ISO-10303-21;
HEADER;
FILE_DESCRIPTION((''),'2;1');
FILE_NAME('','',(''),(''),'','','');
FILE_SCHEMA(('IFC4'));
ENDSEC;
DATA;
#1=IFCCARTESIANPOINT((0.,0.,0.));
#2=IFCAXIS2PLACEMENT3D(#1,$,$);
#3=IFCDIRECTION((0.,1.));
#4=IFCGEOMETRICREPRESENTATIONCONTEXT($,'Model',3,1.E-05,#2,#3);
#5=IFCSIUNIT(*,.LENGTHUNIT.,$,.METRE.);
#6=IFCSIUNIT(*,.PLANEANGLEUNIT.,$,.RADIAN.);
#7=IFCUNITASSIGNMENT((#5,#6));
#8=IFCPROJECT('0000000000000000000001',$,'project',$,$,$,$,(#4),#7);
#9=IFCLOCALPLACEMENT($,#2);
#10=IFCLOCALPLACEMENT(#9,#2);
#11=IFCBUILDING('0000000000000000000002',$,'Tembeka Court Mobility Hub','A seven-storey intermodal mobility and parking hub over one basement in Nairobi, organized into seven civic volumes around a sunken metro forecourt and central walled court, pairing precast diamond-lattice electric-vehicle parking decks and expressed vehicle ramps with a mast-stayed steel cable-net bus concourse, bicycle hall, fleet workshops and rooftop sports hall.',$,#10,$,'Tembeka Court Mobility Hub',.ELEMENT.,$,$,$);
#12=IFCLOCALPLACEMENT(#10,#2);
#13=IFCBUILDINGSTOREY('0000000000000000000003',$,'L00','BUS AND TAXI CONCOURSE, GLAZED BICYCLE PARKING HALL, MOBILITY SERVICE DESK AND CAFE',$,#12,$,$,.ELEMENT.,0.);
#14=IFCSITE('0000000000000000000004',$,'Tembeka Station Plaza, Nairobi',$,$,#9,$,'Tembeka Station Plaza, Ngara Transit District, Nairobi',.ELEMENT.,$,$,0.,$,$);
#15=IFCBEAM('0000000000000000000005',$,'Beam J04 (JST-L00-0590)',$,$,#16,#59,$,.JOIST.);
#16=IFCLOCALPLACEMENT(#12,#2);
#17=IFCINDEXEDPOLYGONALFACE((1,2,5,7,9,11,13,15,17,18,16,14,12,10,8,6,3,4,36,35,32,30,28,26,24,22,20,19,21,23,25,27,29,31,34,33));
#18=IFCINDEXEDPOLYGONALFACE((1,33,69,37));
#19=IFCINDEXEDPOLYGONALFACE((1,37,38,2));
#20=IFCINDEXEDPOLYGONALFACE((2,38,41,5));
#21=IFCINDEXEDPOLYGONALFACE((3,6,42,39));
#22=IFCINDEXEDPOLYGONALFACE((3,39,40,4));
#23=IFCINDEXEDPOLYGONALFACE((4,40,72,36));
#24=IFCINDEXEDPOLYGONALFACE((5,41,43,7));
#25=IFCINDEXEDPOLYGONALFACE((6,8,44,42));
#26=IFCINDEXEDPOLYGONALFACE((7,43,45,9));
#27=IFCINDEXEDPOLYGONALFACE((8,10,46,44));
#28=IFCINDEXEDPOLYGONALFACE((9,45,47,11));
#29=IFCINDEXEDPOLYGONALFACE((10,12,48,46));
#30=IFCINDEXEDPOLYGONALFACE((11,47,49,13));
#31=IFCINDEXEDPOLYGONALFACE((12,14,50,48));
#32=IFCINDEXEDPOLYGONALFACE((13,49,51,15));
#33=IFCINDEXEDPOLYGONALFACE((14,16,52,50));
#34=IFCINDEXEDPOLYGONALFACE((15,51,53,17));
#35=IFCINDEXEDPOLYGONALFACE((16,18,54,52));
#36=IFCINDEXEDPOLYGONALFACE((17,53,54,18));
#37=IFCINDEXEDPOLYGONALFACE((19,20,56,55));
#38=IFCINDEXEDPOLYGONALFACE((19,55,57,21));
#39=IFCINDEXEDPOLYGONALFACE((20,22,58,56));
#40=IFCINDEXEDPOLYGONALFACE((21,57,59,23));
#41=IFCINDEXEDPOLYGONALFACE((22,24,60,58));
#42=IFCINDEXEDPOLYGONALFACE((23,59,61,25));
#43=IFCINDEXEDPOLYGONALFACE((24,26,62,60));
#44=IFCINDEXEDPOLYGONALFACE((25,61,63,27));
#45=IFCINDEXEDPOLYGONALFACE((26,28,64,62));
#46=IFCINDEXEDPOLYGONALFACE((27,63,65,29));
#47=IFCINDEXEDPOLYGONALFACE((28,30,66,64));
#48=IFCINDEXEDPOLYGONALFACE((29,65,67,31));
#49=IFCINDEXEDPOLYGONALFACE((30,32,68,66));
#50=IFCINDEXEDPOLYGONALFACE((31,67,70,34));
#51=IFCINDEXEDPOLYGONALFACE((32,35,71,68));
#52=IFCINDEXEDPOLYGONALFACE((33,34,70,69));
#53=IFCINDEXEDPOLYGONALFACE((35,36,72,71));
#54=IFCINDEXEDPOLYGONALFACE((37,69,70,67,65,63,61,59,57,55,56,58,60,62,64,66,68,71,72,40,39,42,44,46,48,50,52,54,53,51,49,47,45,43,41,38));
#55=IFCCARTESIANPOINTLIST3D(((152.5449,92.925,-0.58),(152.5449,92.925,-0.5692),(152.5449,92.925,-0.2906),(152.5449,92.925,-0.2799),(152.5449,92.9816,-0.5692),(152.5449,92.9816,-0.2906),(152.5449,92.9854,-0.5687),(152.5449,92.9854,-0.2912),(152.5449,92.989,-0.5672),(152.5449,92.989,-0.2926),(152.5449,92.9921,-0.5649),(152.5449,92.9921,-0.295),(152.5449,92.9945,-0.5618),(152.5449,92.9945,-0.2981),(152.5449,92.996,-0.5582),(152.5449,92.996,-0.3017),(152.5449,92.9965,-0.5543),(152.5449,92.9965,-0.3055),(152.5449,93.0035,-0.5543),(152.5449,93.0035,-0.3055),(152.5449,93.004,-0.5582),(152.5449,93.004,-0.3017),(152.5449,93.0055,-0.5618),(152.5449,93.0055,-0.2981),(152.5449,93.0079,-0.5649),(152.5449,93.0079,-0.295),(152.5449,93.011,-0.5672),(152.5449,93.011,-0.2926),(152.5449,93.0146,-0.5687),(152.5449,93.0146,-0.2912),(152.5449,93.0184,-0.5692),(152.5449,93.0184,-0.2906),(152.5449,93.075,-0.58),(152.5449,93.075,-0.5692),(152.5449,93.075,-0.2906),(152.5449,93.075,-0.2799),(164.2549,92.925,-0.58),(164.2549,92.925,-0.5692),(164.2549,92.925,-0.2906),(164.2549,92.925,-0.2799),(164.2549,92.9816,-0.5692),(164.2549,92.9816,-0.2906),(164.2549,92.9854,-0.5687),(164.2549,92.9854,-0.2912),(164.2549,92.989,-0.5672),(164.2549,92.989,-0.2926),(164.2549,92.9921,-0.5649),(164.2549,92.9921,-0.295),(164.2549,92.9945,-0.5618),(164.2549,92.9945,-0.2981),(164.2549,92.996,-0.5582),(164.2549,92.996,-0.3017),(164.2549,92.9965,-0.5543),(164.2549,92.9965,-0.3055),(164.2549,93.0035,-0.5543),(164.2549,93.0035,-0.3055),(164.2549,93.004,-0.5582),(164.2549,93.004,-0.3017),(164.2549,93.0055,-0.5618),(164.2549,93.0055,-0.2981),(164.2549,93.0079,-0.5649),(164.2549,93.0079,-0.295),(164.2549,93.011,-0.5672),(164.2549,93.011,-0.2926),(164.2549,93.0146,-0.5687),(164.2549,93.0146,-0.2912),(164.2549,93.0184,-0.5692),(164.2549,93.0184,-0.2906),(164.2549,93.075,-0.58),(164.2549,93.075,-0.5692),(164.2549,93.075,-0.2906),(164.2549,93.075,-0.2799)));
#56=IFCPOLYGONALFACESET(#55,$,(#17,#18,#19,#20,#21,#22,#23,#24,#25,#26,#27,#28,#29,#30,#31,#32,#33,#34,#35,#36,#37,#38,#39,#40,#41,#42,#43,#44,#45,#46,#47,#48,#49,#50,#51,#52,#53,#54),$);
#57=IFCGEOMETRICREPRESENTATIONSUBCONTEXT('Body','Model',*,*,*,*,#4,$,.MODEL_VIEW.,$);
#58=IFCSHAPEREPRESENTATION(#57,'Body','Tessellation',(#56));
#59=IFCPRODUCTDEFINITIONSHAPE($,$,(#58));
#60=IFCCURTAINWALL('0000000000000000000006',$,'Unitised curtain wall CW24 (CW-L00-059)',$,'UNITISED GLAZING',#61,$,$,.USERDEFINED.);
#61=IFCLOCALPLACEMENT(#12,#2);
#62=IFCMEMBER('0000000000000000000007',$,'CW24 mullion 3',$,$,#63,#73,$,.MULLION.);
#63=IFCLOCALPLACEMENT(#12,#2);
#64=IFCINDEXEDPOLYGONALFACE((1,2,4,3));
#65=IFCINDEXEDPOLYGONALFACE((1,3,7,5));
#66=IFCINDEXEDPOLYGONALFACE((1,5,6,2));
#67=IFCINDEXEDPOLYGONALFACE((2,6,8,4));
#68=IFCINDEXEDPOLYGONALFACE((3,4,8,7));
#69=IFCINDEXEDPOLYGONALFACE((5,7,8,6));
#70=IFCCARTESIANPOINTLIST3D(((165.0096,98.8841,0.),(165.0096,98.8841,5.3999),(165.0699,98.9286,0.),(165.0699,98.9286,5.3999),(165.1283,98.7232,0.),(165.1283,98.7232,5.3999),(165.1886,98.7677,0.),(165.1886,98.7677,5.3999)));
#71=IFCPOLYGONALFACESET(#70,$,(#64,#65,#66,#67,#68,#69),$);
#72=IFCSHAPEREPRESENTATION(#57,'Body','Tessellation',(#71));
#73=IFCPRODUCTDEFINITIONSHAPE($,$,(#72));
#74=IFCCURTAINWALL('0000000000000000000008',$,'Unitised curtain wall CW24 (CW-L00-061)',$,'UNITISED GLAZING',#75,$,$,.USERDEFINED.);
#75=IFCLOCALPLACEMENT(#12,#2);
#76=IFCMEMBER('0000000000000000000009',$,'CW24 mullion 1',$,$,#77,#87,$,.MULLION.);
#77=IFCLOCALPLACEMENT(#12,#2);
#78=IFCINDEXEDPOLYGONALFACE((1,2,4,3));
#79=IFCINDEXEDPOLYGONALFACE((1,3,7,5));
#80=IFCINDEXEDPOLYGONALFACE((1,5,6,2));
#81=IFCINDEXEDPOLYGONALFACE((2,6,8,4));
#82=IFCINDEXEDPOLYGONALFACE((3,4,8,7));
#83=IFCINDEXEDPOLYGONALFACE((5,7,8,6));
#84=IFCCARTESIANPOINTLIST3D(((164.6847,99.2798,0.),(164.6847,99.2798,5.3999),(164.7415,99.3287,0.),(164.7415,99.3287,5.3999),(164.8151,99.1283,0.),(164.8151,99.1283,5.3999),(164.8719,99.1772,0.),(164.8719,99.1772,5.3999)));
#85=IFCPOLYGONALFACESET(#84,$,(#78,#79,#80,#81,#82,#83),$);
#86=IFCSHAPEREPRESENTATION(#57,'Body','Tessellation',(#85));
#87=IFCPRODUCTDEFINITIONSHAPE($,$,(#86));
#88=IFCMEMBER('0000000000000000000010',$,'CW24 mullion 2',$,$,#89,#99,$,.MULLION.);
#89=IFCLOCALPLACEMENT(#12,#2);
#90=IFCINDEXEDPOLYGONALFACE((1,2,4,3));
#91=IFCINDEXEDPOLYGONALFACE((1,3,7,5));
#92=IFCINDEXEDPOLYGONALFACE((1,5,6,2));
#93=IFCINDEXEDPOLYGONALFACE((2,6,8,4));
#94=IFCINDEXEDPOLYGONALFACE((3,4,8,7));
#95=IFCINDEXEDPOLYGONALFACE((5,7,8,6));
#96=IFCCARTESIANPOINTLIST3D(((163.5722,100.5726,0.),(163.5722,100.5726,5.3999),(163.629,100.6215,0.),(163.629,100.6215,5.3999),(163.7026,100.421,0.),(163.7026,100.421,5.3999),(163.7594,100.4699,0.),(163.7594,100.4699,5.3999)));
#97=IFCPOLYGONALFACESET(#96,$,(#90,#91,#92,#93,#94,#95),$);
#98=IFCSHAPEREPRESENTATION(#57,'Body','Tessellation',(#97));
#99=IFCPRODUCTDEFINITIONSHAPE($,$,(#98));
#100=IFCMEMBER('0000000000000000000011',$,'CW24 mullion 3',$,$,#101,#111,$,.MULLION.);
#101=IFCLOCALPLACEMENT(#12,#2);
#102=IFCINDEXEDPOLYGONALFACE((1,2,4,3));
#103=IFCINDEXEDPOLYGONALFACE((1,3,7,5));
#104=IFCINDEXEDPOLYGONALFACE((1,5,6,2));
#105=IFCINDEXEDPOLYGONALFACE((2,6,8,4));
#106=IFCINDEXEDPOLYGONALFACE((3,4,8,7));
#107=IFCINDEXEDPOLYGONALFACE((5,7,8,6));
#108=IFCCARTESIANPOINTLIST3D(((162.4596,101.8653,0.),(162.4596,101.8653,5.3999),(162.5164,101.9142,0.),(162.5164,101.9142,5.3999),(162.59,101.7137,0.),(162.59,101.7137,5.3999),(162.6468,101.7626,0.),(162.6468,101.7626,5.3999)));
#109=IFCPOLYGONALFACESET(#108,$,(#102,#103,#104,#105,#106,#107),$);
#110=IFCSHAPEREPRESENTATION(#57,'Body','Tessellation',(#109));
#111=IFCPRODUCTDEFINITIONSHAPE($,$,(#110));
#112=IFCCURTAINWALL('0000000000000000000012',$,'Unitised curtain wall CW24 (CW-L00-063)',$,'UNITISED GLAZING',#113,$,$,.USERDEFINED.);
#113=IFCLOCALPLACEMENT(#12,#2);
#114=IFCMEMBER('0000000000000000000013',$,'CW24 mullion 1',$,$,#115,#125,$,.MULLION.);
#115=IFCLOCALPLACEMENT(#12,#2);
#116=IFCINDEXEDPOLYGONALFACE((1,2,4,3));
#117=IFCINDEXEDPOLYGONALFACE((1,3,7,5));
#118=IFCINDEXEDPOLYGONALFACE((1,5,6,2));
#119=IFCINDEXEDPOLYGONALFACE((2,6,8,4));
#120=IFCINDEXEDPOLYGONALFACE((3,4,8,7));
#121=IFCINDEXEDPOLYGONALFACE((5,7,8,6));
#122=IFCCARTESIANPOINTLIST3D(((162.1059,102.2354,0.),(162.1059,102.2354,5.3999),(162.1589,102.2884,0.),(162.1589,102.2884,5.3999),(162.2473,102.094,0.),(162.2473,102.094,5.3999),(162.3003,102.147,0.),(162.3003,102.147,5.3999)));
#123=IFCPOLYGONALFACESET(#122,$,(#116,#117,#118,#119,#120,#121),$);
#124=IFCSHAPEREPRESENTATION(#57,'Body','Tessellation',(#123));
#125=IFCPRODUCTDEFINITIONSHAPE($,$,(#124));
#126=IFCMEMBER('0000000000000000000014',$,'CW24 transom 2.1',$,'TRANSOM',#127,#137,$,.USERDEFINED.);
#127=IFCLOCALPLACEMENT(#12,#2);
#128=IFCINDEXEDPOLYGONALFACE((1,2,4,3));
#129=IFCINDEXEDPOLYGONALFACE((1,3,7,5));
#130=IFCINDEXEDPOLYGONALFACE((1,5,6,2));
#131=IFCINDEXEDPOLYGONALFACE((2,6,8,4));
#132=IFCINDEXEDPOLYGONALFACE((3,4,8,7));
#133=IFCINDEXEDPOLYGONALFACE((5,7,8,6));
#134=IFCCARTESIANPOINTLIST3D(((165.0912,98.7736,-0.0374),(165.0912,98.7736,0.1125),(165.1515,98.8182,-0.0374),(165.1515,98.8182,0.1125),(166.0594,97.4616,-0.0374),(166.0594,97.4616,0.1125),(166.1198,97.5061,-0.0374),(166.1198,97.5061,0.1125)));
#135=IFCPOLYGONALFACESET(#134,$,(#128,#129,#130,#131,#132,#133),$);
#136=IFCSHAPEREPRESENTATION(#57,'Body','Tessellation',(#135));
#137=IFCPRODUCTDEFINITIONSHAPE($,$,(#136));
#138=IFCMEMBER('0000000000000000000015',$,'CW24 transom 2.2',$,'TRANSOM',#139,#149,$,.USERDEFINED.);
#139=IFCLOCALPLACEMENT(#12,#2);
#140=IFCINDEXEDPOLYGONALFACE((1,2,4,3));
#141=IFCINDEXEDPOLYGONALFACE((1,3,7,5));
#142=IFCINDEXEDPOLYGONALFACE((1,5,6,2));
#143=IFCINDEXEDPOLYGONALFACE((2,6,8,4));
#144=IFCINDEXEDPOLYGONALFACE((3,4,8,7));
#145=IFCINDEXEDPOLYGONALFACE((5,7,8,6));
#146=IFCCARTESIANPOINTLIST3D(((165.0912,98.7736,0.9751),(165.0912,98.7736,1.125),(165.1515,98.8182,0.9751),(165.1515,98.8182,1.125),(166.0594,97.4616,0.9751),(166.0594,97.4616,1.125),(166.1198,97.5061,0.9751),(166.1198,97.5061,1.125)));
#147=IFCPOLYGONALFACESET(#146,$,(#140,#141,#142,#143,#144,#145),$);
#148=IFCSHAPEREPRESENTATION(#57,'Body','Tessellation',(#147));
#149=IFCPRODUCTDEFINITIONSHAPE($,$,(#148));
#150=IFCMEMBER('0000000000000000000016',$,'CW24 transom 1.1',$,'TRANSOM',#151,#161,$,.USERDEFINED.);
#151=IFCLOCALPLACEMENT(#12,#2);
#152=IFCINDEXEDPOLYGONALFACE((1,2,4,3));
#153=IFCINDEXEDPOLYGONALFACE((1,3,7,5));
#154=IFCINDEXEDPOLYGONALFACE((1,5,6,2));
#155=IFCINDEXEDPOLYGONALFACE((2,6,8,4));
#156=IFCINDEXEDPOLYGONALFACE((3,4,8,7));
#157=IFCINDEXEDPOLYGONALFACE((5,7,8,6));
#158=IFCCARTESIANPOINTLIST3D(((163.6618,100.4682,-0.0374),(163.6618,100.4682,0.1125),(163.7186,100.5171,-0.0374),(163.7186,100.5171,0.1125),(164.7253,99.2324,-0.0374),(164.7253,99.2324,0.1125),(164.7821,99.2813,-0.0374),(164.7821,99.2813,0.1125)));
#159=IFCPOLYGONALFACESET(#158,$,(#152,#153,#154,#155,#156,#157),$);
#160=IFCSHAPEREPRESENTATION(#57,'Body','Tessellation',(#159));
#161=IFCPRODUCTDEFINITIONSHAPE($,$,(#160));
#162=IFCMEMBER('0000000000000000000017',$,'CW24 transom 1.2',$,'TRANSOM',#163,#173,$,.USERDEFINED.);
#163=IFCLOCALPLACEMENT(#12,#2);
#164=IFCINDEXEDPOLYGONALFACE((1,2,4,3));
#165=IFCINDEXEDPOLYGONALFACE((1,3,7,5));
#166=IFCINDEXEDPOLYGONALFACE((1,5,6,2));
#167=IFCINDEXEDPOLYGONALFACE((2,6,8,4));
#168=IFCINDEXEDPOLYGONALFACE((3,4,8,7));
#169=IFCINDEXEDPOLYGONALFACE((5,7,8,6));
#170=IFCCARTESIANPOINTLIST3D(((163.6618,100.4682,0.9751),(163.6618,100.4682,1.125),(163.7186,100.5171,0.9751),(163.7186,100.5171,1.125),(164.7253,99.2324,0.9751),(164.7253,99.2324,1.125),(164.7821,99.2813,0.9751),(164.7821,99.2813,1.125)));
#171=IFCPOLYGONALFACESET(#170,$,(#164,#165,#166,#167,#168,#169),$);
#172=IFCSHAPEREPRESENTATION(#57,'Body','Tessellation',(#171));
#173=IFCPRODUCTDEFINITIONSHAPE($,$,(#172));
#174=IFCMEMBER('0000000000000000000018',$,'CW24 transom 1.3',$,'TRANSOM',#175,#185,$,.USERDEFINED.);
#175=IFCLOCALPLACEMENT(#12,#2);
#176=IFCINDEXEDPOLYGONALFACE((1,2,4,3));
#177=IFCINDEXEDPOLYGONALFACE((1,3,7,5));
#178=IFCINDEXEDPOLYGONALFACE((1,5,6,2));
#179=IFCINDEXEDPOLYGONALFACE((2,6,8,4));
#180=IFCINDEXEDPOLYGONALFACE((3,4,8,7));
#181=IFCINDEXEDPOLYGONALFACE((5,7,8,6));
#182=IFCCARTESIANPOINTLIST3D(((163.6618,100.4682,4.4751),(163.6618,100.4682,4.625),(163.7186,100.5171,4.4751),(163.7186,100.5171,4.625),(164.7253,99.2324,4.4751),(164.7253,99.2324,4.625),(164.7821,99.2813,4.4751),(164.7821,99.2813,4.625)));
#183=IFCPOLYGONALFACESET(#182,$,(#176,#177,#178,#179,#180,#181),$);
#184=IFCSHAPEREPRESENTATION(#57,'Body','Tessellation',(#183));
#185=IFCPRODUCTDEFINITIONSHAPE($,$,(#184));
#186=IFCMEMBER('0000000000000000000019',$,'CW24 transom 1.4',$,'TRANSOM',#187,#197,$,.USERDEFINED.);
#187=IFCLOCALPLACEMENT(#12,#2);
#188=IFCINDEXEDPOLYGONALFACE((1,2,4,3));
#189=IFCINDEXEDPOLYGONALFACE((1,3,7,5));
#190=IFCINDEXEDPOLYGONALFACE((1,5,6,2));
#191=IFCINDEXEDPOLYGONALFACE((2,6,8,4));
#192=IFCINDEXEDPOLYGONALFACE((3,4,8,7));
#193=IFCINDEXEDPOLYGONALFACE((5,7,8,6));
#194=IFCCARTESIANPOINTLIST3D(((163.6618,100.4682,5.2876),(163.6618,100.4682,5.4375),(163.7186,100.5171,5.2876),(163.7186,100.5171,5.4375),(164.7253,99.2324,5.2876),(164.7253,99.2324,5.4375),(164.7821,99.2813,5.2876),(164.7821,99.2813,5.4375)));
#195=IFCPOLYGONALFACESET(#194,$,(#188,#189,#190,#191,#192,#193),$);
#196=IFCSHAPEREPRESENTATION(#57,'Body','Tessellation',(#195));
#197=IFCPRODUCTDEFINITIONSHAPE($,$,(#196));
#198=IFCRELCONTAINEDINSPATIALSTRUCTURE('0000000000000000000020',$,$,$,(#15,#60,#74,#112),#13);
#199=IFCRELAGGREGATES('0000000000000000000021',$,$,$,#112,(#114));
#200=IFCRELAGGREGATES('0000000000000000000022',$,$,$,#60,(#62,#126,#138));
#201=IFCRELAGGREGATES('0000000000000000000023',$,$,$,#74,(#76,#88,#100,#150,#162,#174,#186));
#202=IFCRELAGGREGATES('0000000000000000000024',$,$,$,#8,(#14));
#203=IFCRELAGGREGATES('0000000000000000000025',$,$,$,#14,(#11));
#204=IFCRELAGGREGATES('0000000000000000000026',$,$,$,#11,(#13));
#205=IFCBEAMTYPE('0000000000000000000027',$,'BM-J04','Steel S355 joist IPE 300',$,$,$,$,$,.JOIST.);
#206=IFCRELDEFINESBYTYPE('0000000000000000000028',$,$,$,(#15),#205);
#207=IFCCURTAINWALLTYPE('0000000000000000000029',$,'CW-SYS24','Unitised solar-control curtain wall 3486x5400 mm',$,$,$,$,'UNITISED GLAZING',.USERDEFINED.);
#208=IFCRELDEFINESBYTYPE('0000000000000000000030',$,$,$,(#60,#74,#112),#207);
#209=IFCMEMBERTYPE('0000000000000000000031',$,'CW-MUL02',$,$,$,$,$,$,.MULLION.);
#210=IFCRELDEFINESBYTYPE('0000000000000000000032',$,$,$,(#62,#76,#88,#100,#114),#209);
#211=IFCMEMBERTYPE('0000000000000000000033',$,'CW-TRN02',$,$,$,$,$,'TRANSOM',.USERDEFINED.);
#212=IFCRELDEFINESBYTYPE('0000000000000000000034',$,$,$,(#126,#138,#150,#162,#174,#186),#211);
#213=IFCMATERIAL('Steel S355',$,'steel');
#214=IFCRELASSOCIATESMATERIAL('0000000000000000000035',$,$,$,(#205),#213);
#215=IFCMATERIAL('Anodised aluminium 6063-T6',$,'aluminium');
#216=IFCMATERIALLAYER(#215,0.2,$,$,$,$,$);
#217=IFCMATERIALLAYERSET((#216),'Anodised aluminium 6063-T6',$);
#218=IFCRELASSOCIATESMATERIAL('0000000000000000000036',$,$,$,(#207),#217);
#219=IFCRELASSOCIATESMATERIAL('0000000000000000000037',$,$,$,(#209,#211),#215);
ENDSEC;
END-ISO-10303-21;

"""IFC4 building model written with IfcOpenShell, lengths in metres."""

from ifc_helpers import new_model, si_unit, direction, frame, origin, origin_2d, place, context, subcontext, project, spatial, rectangle, i_section, extrude, material, layer, layer_set, material_profile, profile_set, type_object, element, aggregate, save


model = new_model("IFC4")

# Units and contexts
model_context = context("Model", 3, precision=1e-05, world=origin(), true_north=direction((0.0, 1.0)))
body_context = subcontext(model_context, "Body", "Model", "MODEL_VIEW")
ifc_project = project(units=[si_unit("LENGTHUNIT", "METRE"), si_unit("PLANEANGLEUNIT", "RADIAN")], contexts=[model_context])

# Site, building, storey
site_placement = place(None, origin())
site = spatial("IfcSite", under=ifc_project, at=site_placement, Name="Tembeka Station Plaza, Nairobi", LongName="Tembeka Station Plaza, Ngara Transit District, Nairobi", CompositionType="ELEMENT", RefElevation=0.0)
building_placement = place(site_placement, origin())
building = spatial("IfcBuilding", under=site, at=building_placement, Name="Tembeka Court Mobility Hub", Description="A seven-storey intermodal mobility and parking hub over one basement in Nairobi, organized into seven civic volumes around a sunken metro forecourt and central walled court, pairing precast diamond-lattice electric-vehicle parking decks and expressed vehicle ramps with a mast-stayed steel cable-net bus concourse, bicycle hall, fleet workshops and rooftop sports hall.", LongName="Tembeka Court Mobility Hub", CompositionType="ELEMENT")
storey_placement = place(building_placement, origin())
storey = spatial("IfcBuildingStorey", under=building, at=storey_placement, Name="L00", Description="BUS AND TAXI CONCOURSE, GLAZED BICYCLE PARKING HALL, MOBILITY SERVICE DESK AND CAFE", CompositionType="ELEMENT", Elevation=0.0)

# Shared definitions
ifc_material_1 = material(Name="Steel S355", Category="steel")

# Beam
ifc_material_profile_1 = material_profile(ifc_material_1, i_section(OverallWidth=0.1499, OverallDepth=0.3, WebThickness=0.0071, FlangeThickness=0.0107, FilletRadius=0.0149, at=origin_2d()), Name="IPE 300")
ifc_profile_set_1 = profile_set([ifc_material_profile_1], Name="Steel S355")
beam_type_1 = type_object("IfcBeamType", Name="BM-J04", Description="Steel S355 joist IPE 300", PredefinedType="JOIST", material=ifc_profile_set_1)
beam_1_placement = place(storey_placement, frame((152.5449, 93.0, -0.4299), z_axis=(1.0, 0.0, 0.0), x_axis=(0.0, 1.0, 0.0)))
element("IfcBeam", 1, at=beam_1_placement, inside=storey, type_object=beam_type_1, Name="Beam J04 (JST-L00-0590)", PredefinedType="JOIST", context=body_context, shape_type="SweptSolid", body=[
    extrude(i_section(OverallWidth=0.1499, OverallDepth=0.3, WebThickness=0.0071, FlangeThickness=0.0107, FilletRadius=0.0149, at=origin_2d()), origin(), (0.0, 0.0, 1.0), 11.71),
])

# Curtain wall, member
ifc_material_2 = material(Name="Anodised aluminium 6063-T6", Category="aluminium")
ifc_layer_1 = layer(ifc_material_2, 0.2)
ifc_layer_set_1 = layer_set([ifc_layer_1], Name="Anodised aluminium 6063-T6")
curtain_wall_type = type_object("IfcCurtainWallType", Name="CW-SYS24", Description="Unitised solar-control curtain wall 3486x5400 mm", ElementType="UNITISED GLAZING", PredefinedType="USERDEFINED", material=ifc_layer_set_1)
curtain_wall_1_placement = place(storey_placement, origin())
curtain_wall_1 = element("IfcCurtainWall", 2, at=curtain_wall_1_placement, inside=storey, type_object=curtain_wall_type, Name="Unitised curtain wall CW24 (CW-L00-059)", ObjectType="UNITISED GLAZING", PredefinedType="USERDEFINED")
ifc_material_profile_2 = material_profile(ifc_material_2, rectangle(XDim=0.075, YDim=0.2, at=origin_2d()), Name="ALU-MUL 75x200")
ifc_profile_set_2 = profile_set([ifc_material_profile_2], Name="Anodised aluminium 6063-T6")
member_type_1 = type_object("IfcMemberType", Name="CW-MUL02", PredefinedType="MULLION", material=ifc_profile_set_2)
member_1_placement = place(storey_placement, frame((165.0991, 98.8259, 0.0), z_axis=(0.0, 0.0, 1.0), x_axis=(-0.804599, -0.593818, 0.0)))
member_1 = element("IfcMember", 3, at=member_1_placement, type_object=member_type_1, Name="CW24 mullion 3", PredefinedType="MULLION", context=body_context, shape_type="SweptSolid", body=[
    extrude(rectangle(XDim=0.075, YDim=0.2, at=origin_2d()), origin(), (0.0, 0.0, 1.0), 5.3999),
])

# Curtain wall, members
curtain_wall_2_placement = place(storey_placement, origin())
curtain_wall_2 = element("IfcCurtainWall", 4, at=curtain_wall_2_placement, inside=storey, type_object=curtain_wall_type, Name="Unitised curtain wall CW24 (CW-L00-061)", ObjectType="UNITISED GLAZING", PredefinedType="USERDEFINED")
member_2_placement = place(storey_placement, frame((164.7783, 99.2285, 0.0), z_axis=(0.0, 0.0, 1.0), x_axis=(-0.757955, -0.652307, 0.0)))
member_2 = element("IfcMember", 5, at=member_2_placement, type_object=member_type_1, Name="CW24 mullion 1", PredefinedType="MULLION", context=body_context, shape_type="SweptSolid", body=[
    extrude(rectangle(XDim=0.075, YDim=0.2, at=origin_2d()), origin(), (0.0, 0.0, 1.0), 5.3999),
])
member_3_placement = place(storey_placement, frame((163.6658, 100.5212, 0.0), z_axis=(0.0, 0.0, 1.0), x_axis=(-0.757955, -0.652307, 0.0)))
member_3 = element("IfcMember", 6, at=member_3_placement, type_object=member_type_1, Name="CW24 mullion 2", PredefinedType="MULLION", context=body_context, shape_type="SweptSolid", body=[
    extrude(rectangle(XDim=0.075, YDim=0.2, at=origin_2d()), origin(), (0.0, 0.0, 1.0), 5.3999),
])
member_4_placement = place(storey_placement, frame((162.5532, 101.814, 0.0), z_axis=(0.0, 0.0, 1.0), x_axis=(-0.757955, -0.652307, 0.0)))
member_4 = element("IfcMember", 7, at=member_4_placement, type_object=member_type_1, Name="CW24 mullion 3", PredefinedType="MULLION", context=body_context, shape_type="SweptSolid", body=[
    extrude(rectangle(XDim=0.075, YDim=0.2, at=origin_2d()), origin(), (0.0, 0.0, 1.0), 5.3999),
])

# Curtain wall, member
curtain_wall_3_placement = place(storey_placement, origin())
curtain_wall_3 = element("IfcCurtainWall", 8, at=curtain_wall_3_placement, inside=storey, type_object=curtain_wall_type, Name="Unitised curtain wall CW24 (CW-L00-063)", ObjectType="UNITISED GLAZING", PredefinedType="USERDEFINED")
member_5_placement = place(storey_placement, frame((162.2031, 102.1912, 0.0), z_axis=(0.0, 0.0, 1.0), x_axis=(-0.707107, -0.707107, 0.0)))
member_5 = element("IfcMember", 9, at=member_5_placement, type_object=member_type_1, Name="CW24 mullion 1", PredefinedType="MULLION", context=body_context, shape_type="SweptSolid", body=[
    extrude(rectangle(XDim=0.075, YDim=0.2, at=origin_2d()), origin(), (0.0, 0.0, 1.0), 5.3999),
])

# Members
ifc_material_profile_3 = material_profile(ifc_material_2, rectangle(XDim=0.075, YDim=0.1499, at=origin_2d()), Name="ALU-TRN 75x150")
ifc_profile_set_3 = profile_set([ifc_material_profile_3], Name="Anodised aluminium 6063-T6")
member_type_2 = type_object("IfcMemberType", Name="CW-TRN02", ElementType="TRANSOM", PredefinedType="USERDEFINED", material=ifc_profile_set_3)
member_6_placement = place(storey_placement, frame((166.0896, 97.4839, 0.0376), z_axis=(-0.593802, 0.804612, 0.0), x_axis=(-0.804612, -0.593802, 0.0)))
member_6 = element("IfcMember", 10, at=member_6_placement, type_object=member_type_2, Name="CW24 transom 2.1", ObjectType="TRANSOM", PredefinedType="USERDEFINED", context=body_context, shape_type="SweptSolid", body=[
    extrude(rectangle(XDim=0.075, YDim=0.1499, at=origin_2d()), origin(), (0.0, 0.0, 1.0), 1.6306),
])
member_7_placement = place(storey_placement, frame((166.0896, 97.4839, 1.05), z_axis=(-0.593802, 0.804612, 0.0), x_axis=(-0.804612, -0.593802, 0.0)))
member_7 = element("IfcMember", 11, at=member_7_placement, type_object=member_type_2, Name="CW24 transom 2.2", ObjectType="TRANSOM", PredefinedType="USERDEFINED", context=body_context, shape_type="SweptSolid", body=[
    extrude(rectangle(XDim=0.075, YDim=0.1499, at=origin_2d()), origin(), (0.0, 0.0, 1.0), 1.6306),
])
member_8_placement = place(storey_placement, frame((164.7537, 99.2568, 0.0376), z_axis=(-0.65227, 0.757987, 0.0), x_axis=(-0.757987, -0.65227, 0.0)))
member_8 = element("IfcMember", 12, at=member_8_placement, type_object=member_type_2, Name="CW24 transom 1.1", ObjectType="TRANSOM", PredefinedType="USERDEFINED", context=body_context, shape_type="SweptSolid", body=[
    extrude(rectangle(XDim=0.075, YDim=0.1499, at=origin_2d()), origin(), (0.0, 0.0, 1.0), 1.6304),
])
member_9_placement = place(storey_placement, frame((164.7537, 99.2568, 1.05), z_axis=(-0.65227, 0.757987, 0.0), x_axis=(-0.757987, -0.65227, 0.0)))
member_9 = element("IfcMember", 13, at=member_9_placement, type_object=member_type_2, Name="CW24 transom 1.2", ObjectType="TRANSOM", PredefinedType="USERDEFINED", context=body_context, shape_type="SweptSolid", body=[
    extrude(rectangle(XDim=0.075, YDim=0.1499, at=origin_2d()), origin(), (0.0, 0.0, 1.0), 1.6304),
])
member_10_placement = place(storey_placement, frame((164.7537, 99.2568, 4.55), z_axis=(-0.65227, 0.757987, 0.0), x_axis=(-0.757987, -0.65227, 0.0)))
member_10 = element("IfcMember", 14, at=member_10_placement, type_object=member_type_2, Name="CW24 transom 1.3", ObjectType="TRANSOM", PredefinedType="USERDEFINED", context=body_context, shape_type="SweptSolid", body=[
    extrude(rectangle(XDim=0.075, YDim=0.1499, at=origin_2d()), origin(), (0.0, 0.0, 1.0), 1.6304),
])
member_11_placement = place(storey_placement, frame((164.7537, 99.2568, 5.3625), z_axis=(-0.65227, 0.757987, 0.0), x_axis=(-0.757987, -0.65227, 0.0)))
member_11 = element("IfcMember", 15, at=member_11_placement, type_object=member_type_2, Name="CW24 transom 1.4", ObjectType="TRANSOM", PredefinedType="USERDEFINED", context=body_context, shape_type="SweptSolid", body=[
    extrude(rectangle(XDim=0.075, YDim=0.1499, at=origin_2d()), origin(), (0.0, 0.0, 1.0), 1.6304),
])
aggregate(curtain_wall_3, [member_5])

aggregate(curtain_wall_1, [member_1, member_6, member_7])
aggregate(curtain_wall_2, [member_2, member_3, member_4, member_8, member_9, member_10, member_11])

save(model, "model.ifc")
